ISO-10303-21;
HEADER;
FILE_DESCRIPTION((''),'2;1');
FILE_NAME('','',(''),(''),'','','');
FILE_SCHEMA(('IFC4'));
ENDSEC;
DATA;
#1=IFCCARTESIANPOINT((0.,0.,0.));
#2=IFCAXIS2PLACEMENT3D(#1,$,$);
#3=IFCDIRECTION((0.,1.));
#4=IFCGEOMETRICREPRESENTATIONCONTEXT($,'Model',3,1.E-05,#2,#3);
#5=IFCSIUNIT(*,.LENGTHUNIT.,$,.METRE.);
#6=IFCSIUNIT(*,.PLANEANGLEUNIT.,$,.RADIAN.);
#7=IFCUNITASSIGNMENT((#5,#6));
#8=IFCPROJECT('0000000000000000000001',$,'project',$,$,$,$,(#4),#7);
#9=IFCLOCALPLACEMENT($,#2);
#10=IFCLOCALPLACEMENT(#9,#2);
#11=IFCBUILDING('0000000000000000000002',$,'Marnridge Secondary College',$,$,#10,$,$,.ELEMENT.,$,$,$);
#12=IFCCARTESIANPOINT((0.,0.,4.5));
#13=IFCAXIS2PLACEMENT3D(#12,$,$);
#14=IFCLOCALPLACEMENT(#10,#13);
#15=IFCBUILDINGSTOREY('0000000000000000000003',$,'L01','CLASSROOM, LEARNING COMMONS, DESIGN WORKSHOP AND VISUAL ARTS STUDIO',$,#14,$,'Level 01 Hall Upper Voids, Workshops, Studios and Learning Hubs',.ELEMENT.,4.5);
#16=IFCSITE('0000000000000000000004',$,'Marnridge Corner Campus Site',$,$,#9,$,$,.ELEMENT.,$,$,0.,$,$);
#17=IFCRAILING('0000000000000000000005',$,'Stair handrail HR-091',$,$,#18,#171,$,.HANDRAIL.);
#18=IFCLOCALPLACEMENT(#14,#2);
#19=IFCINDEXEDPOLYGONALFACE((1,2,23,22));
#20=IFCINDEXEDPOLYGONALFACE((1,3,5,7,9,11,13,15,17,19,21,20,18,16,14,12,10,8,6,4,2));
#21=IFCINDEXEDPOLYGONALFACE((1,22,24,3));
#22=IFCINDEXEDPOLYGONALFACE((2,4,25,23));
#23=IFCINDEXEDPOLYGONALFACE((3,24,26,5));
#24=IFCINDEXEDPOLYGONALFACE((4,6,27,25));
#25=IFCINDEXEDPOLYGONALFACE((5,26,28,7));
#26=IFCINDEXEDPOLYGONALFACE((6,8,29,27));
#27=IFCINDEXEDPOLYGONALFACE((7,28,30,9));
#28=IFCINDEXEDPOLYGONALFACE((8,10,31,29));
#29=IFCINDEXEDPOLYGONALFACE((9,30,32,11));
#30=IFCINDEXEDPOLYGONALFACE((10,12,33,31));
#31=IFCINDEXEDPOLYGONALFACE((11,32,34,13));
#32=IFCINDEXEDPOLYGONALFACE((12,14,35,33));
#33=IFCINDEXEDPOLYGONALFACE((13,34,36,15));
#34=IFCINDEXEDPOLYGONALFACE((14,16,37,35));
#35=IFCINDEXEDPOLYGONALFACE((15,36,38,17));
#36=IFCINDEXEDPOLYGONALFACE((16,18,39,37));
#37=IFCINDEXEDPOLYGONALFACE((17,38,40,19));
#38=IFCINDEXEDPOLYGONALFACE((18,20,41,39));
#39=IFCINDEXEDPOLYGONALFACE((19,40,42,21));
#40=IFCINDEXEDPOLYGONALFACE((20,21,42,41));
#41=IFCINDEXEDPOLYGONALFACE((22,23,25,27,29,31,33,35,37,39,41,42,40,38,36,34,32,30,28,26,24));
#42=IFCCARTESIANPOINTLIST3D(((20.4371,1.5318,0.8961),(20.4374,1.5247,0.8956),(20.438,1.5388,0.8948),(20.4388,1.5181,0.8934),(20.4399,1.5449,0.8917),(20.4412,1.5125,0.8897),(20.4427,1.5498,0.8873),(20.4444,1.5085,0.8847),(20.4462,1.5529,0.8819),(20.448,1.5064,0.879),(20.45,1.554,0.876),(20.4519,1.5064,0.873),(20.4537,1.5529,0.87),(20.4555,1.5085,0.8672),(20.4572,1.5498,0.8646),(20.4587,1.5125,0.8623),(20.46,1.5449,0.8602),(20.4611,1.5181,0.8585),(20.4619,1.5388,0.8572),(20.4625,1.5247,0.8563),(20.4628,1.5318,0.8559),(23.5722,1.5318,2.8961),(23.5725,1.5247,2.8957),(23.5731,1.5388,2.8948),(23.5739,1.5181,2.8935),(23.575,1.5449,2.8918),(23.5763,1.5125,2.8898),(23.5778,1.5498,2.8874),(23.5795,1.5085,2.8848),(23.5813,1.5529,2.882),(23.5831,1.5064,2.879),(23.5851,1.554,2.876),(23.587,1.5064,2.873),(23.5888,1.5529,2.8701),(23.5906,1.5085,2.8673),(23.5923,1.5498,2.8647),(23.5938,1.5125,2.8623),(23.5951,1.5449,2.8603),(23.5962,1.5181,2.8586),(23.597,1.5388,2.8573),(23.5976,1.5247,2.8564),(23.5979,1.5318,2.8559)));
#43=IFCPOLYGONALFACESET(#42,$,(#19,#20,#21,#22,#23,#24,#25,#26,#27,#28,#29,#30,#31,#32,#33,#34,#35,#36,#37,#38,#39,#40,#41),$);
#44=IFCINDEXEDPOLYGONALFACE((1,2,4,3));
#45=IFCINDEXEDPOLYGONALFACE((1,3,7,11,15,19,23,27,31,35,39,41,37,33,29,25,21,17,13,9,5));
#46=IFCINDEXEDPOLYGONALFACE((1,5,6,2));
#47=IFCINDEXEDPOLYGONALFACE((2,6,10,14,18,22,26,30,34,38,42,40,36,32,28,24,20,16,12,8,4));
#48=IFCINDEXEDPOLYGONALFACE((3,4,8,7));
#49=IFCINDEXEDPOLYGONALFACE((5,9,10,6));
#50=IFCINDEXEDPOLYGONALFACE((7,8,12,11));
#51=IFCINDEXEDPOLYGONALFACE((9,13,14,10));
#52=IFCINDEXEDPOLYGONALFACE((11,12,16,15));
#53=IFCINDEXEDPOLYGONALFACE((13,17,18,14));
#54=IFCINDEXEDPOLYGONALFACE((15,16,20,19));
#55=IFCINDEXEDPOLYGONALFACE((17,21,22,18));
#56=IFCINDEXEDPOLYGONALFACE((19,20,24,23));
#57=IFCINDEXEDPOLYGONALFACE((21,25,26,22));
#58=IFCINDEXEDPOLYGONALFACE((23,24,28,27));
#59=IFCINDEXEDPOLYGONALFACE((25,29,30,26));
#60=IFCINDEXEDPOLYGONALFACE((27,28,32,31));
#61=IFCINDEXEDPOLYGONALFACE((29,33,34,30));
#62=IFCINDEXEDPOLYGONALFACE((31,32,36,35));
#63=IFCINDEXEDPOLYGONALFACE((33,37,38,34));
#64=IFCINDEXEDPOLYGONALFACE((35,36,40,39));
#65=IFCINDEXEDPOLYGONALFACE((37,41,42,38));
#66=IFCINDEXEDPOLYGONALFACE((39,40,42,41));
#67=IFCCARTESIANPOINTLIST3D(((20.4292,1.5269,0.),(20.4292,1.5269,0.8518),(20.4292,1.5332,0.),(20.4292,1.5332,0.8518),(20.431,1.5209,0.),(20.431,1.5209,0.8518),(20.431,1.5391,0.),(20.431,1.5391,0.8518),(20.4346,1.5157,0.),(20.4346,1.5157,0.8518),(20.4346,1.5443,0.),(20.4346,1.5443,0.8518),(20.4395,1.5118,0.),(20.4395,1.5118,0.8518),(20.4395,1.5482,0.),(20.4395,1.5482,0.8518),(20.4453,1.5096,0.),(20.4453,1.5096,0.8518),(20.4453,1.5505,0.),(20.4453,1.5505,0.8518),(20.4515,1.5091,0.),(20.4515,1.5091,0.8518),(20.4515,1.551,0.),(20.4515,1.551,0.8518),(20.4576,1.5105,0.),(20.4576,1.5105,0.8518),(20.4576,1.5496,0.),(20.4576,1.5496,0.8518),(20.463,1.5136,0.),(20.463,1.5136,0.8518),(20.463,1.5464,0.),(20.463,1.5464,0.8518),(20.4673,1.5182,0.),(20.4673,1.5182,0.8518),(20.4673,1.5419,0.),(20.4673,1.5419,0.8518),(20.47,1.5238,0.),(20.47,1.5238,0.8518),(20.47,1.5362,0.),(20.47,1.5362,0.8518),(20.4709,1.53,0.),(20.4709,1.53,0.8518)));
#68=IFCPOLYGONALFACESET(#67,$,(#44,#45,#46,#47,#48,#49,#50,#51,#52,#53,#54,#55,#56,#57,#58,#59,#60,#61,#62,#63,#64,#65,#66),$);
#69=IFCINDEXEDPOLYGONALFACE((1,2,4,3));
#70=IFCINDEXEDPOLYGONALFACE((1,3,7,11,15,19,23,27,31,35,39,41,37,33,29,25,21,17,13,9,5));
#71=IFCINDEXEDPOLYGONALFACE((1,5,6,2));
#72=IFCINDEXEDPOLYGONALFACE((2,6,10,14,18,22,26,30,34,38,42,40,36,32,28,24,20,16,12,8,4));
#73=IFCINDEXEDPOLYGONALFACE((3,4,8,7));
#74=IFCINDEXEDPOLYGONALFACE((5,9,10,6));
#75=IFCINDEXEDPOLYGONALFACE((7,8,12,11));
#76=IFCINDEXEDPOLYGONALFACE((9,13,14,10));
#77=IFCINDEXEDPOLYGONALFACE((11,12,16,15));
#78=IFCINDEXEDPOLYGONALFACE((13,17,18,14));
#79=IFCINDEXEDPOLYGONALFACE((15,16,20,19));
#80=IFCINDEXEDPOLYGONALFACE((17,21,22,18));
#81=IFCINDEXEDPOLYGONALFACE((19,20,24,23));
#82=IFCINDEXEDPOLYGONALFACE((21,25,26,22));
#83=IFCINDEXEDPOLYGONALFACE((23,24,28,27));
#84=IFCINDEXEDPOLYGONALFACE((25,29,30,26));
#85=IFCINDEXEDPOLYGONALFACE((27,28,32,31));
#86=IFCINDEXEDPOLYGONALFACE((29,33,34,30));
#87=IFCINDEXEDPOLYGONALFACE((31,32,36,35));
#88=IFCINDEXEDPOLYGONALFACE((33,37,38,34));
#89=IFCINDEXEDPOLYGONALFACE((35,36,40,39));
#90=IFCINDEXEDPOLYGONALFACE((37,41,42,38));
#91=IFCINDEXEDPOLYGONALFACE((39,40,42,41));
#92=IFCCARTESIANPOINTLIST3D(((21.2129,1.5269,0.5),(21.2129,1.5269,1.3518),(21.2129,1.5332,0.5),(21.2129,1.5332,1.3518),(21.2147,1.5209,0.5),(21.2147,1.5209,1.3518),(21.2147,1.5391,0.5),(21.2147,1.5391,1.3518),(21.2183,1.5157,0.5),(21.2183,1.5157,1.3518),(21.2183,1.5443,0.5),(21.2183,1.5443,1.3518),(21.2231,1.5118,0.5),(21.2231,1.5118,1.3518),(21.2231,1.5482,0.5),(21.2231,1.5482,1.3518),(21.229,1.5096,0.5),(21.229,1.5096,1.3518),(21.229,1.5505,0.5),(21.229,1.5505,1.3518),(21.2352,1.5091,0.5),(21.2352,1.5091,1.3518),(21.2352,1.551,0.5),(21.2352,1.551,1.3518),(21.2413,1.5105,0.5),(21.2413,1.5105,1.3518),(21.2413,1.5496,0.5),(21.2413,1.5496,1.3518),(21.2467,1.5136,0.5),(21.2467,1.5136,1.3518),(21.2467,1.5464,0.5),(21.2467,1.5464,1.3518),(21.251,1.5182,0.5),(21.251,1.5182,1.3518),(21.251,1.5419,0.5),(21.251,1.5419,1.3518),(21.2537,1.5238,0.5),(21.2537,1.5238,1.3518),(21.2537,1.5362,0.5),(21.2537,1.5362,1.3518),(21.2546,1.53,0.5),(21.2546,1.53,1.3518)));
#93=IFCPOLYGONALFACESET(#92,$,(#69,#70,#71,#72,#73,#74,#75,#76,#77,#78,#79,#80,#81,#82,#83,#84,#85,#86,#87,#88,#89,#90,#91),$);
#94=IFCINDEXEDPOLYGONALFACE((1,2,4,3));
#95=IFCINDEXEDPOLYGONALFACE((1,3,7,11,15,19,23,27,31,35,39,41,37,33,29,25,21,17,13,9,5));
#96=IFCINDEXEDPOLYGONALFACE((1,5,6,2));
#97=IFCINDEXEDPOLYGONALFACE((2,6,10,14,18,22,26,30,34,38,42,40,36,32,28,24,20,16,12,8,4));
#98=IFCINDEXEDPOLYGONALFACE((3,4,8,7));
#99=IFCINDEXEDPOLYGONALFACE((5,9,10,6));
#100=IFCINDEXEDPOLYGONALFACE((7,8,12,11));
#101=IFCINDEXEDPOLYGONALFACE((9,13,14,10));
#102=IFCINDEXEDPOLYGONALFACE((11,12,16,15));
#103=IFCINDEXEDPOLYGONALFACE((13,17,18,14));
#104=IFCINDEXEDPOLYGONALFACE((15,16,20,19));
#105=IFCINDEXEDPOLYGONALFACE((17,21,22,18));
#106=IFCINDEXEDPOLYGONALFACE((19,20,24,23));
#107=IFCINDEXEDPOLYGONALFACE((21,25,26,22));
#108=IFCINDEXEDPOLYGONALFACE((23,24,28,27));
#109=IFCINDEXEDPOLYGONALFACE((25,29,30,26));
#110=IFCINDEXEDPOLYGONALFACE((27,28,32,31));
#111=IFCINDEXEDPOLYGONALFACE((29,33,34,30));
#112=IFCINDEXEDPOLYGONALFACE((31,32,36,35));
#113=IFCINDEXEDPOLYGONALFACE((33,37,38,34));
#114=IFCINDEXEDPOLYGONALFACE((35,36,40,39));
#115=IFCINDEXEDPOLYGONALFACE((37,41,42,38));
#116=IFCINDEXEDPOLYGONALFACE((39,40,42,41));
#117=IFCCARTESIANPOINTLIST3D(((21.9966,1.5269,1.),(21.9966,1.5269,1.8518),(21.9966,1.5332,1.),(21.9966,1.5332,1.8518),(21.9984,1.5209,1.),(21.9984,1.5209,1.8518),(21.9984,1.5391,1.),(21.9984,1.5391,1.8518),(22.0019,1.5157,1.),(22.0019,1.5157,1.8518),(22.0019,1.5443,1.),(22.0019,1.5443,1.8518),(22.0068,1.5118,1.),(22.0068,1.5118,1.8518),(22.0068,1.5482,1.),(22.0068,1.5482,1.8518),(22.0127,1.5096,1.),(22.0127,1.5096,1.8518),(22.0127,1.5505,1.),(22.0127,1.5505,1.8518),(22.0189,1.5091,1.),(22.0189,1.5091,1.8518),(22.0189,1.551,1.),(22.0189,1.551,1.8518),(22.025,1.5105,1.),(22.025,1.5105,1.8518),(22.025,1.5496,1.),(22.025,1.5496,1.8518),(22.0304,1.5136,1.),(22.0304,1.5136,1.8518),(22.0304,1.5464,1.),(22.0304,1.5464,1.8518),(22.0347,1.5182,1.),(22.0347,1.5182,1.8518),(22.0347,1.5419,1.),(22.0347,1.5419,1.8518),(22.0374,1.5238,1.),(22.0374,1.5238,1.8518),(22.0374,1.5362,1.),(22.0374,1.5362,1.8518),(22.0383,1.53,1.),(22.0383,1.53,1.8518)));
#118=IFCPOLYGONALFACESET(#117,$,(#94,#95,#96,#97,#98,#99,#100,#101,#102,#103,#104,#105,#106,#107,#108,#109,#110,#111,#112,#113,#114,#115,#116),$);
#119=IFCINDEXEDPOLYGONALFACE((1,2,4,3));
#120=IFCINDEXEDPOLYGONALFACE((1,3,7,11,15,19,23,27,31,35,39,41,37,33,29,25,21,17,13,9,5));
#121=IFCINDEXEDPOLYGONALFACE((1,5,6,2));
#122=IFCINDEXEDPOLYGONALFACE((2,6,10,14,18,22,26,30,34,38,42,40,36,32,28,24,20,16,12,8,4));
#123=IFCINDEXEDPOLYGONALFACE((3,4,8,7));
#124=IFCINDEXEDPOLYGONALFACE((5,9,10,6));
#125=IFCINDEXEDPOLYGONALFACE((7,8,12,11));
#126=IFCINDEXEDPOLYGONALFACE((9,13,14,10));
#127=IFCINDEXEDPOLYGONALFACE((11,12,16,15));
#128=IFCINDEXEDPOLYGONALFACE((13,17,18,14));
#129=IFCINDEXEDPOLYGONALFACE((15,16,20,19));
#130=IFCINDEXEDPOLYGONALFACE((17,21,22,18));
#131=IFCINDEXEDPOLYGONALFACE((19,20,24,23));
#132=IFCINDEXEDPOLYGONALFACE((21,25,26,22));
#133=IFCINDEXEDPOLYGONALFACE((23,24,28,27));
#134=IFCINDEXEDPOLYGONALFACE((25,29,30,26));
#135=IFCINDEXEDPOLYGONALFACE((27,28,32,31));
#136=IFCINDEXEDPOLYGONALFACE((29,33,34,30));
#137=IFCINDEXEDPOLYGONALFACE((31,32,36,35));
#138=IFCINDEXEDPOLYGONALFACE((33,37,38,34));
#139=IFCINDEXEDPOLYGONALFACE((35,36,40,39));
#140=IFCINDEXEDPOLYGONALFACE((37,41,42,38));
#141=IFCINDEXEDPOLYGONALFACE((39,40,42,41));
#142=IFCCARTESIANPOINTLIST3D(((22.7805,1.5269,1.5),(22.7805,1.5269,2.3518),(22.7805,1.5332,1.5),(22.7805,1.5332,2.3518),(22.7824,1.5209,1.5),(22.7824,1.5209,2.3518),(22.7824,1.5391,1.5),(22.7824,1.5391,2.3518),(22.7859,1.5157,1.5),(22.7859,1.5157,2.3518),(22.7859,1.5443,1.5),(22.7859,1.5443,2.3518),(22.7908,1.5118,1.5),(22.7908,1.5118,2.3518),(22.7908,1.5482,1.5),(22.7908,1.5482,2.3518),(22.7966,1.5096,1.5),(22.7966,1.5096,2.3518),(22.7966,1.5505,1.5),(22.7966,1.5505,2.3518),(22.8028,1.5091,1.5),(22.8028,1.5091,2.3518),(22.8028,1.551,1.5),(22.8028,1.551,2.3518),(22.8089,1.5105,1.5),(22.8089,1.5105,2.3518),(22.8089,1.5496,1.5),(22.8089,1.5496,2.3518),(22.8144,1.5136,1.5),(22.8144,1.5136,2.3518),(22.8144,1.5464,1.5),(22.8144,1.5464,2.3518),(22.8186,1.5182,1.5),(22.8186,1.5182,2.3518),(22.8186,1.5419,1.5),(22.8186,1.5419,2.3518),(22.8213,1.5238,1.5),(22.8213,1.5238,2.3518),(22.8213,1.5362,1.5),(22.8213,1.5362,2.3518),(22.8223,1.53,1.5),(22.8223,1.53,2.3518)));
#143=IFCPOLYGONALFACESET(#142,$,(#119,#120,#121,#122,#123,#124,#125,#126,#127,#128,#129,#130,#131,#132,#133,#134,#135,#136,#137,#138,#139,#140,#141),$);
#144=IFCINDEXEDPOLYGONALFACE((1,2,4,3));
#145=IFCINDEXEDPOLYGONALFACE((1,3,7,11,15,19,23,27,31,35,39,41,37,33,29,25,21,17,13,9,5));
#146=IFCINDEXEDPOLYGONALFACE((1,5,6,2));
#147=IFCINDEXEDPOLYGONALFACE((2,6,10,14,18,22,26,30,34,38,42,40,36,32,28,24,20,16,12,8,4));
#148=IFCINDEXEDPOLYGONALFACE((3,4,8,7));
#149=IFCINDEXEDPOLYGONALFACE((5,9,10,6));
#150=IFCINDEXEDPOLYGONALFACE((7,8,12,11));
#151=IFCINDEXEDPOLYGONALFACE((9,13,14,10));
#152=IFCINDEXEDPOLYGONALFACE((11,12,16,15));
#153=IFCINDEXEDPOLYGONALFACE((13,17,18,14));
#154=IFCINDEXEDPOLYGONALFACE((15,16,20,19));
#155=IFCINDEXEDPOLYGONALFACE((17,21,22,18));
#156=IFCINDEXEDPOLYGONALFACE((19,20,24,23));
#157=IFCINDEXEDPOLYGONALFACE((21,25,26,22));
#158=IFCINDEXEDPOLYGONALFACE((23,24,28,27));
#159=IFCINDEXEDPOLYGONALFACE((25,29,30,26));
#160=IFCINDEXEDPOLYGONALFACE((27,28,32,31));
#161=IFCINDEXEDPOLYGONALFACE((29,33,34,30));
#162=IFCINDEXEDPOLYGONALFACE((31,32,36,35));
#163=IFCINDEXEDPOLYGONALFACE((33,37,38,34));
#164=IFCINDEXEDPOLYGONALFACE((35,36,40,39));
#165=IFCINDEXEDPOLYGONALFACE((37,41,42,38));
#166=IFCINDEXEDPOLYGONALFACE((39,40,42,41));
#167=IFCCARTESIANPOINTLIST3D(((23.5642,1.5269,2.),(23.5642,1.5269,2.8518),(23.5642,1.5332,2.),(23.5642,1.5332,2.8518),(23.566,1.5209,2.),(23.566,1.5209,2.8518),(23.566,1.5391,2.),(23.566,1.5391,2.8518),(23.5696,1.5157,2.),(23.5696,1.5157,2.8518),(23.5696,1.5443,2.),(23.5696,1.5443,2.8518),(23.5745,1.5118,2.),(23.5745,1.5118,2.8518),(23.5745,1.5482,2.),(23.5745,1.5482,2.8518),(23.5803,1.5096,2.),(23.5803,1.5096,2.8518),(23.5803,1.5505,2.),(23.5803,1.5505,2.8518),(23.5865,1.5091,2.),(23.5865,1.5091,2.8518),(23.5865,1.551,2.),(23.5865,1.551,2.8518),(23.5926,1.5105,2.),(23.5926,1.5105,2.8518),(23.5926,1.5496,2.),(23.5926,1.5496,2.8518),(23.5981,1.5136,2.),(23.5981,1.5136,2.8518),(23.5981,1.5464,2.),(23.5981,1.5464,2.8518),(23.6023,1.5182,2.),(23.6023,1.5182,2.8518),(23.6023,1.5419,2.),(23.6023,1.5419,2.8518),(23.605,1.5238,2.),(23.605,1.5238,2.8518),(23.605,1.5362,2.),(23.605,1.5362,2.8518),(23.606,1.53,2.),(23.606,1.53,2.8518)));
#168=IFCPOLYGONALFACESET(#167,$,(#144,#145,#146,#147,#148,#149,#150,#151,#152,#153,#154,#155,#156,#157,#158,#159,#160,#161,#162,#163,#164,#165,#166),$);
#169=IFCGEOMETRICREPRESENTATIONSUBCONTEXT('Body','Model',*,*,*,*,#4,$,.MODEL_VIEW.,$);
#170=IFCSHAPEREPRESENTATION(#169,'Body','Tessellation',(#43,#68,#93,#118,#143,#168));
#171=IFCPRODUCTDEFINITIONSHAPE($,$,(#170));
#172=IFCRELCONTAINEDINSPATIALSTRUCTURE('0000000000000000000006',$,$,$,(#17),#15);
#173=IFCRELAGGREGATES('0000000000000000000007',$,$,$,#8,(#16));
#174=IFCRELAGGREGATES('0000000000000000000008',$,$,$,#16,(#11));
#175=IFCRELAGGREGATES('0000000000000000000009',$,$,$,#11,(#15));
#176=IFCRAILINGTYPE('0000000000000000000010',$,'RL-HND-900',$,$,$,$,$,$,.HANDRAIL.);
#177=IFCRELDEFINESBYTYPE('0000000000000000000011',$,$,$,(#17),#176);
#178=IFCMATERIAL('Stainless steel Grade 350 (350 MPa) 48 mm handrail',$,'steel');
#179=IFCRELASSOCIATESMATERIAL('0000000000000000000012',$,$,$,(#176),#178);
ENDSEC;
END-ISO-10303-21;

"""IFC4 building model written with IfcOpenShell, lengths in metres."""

from ifc_helpers import new_model, si_unit, direction, frame, origin, origin_2d, place, context, subcontext, project, spatial, circle, extrude, material, type_object, element, save


model = new_model("IFC4")

# Units and contexts
model_context = context("Model", 3, precision=1e-05, world=origin(), true_north=direction((0.0, 1.0)))
body_context = subcontext(model_context, "Body", "Model", "MODEL_VIEW")
ifc_project = project(units=[si_unit("LENGTHUNIT", "METRE"), si_unit("PLANEANGLEUNIT", "RADIAN")], contexts=[model_context])

# Site, building, storey
site_placement = place(None, origin())
site = spatial("IfcSite", under=ifc_project, at=site_placement, Name="Marnridge Corner Campus Site", CompositionType="ELEMENT", RefElevation=0.0)
building_placement = place(site_placement, origin())
building = spatial("IfcBuilding", under=site, at=building_placement, Name="Marnridge Secondary College", CompositionType="ELEMENT")
storey_placement = place(building_placement, frame((0.0, 0.0, 4.5)))
storey = spatial("IfcBuildingStorey", under=building, at=storey_placement, Name="L01", Description="CLASSROOM, LEARNING COMMONS, DESIGN WORKSHOP AND VISUAL ARTS STUDIO", LongName="Level 01 Hall Upper Voids, Workshops, Studios and Learning Hubs", CompositionType="ELEMENT", Elevation=4.5)

# Railing
ifc_material_1 = material(Name="Stainless steel Grade 350 (350 MPa) 48 mm handrail", Category="steel")
railing_type_1 = type_object("IfcRailingType", Name="RL-HND-900", PredefinedType="HANDRAIL", material=ifc_material_1)
for number, where, name in (
    (1, (20.45, 1.53, 0.0), "Stair handrail HR-091"),
):
    element("IfcRailing", number, at=place(storey_placement, frame(where)), inside=storey, type_object=railing_type_1, Name=name, PredefinedType="HANDRAIL", context=body_context, shape_type="SweptSolid", body=[
        extrude(circle(Radius=0.0239, at=origin_2d()), frame((0.0, 0.0, 0.876), z_axis=(0.843053, 0.0, 0.537831), x_axis=(0.0, 1.0, 0.0)), (0.0, 0.0, 1.0), 3.7188),
        extrude(circle(Radius=0.021, at=origin_2d()), origin(), (0.0, 0.0, 1.0), 0.8518),
        extrude(circle(Radius=0.021, at=origin_2d()), frame((0.7837, 0.0, 0.5)), (0.0, 0.0, 1.0), 0.8518),
        extrude(circle(Radius=0.021, at=origin_2d()), frame((1.5674, 0.0, 1.0)), (0.0, 0.0, 1.0), 0.8518),
        extrude(circle(Radius=0.021, at=origin_2d()), frame((2.3513, 0.0, 1.5)), (0.0, 0.0, 1.0), 0.8518),
        extrude(circle(Radius=0.021, at=origin_2d()), frame((3.135, 0.0, 2.0)), (0.0, 0.0, 1.0), 0.8518),
    ])

save(model, "model.ifc")
